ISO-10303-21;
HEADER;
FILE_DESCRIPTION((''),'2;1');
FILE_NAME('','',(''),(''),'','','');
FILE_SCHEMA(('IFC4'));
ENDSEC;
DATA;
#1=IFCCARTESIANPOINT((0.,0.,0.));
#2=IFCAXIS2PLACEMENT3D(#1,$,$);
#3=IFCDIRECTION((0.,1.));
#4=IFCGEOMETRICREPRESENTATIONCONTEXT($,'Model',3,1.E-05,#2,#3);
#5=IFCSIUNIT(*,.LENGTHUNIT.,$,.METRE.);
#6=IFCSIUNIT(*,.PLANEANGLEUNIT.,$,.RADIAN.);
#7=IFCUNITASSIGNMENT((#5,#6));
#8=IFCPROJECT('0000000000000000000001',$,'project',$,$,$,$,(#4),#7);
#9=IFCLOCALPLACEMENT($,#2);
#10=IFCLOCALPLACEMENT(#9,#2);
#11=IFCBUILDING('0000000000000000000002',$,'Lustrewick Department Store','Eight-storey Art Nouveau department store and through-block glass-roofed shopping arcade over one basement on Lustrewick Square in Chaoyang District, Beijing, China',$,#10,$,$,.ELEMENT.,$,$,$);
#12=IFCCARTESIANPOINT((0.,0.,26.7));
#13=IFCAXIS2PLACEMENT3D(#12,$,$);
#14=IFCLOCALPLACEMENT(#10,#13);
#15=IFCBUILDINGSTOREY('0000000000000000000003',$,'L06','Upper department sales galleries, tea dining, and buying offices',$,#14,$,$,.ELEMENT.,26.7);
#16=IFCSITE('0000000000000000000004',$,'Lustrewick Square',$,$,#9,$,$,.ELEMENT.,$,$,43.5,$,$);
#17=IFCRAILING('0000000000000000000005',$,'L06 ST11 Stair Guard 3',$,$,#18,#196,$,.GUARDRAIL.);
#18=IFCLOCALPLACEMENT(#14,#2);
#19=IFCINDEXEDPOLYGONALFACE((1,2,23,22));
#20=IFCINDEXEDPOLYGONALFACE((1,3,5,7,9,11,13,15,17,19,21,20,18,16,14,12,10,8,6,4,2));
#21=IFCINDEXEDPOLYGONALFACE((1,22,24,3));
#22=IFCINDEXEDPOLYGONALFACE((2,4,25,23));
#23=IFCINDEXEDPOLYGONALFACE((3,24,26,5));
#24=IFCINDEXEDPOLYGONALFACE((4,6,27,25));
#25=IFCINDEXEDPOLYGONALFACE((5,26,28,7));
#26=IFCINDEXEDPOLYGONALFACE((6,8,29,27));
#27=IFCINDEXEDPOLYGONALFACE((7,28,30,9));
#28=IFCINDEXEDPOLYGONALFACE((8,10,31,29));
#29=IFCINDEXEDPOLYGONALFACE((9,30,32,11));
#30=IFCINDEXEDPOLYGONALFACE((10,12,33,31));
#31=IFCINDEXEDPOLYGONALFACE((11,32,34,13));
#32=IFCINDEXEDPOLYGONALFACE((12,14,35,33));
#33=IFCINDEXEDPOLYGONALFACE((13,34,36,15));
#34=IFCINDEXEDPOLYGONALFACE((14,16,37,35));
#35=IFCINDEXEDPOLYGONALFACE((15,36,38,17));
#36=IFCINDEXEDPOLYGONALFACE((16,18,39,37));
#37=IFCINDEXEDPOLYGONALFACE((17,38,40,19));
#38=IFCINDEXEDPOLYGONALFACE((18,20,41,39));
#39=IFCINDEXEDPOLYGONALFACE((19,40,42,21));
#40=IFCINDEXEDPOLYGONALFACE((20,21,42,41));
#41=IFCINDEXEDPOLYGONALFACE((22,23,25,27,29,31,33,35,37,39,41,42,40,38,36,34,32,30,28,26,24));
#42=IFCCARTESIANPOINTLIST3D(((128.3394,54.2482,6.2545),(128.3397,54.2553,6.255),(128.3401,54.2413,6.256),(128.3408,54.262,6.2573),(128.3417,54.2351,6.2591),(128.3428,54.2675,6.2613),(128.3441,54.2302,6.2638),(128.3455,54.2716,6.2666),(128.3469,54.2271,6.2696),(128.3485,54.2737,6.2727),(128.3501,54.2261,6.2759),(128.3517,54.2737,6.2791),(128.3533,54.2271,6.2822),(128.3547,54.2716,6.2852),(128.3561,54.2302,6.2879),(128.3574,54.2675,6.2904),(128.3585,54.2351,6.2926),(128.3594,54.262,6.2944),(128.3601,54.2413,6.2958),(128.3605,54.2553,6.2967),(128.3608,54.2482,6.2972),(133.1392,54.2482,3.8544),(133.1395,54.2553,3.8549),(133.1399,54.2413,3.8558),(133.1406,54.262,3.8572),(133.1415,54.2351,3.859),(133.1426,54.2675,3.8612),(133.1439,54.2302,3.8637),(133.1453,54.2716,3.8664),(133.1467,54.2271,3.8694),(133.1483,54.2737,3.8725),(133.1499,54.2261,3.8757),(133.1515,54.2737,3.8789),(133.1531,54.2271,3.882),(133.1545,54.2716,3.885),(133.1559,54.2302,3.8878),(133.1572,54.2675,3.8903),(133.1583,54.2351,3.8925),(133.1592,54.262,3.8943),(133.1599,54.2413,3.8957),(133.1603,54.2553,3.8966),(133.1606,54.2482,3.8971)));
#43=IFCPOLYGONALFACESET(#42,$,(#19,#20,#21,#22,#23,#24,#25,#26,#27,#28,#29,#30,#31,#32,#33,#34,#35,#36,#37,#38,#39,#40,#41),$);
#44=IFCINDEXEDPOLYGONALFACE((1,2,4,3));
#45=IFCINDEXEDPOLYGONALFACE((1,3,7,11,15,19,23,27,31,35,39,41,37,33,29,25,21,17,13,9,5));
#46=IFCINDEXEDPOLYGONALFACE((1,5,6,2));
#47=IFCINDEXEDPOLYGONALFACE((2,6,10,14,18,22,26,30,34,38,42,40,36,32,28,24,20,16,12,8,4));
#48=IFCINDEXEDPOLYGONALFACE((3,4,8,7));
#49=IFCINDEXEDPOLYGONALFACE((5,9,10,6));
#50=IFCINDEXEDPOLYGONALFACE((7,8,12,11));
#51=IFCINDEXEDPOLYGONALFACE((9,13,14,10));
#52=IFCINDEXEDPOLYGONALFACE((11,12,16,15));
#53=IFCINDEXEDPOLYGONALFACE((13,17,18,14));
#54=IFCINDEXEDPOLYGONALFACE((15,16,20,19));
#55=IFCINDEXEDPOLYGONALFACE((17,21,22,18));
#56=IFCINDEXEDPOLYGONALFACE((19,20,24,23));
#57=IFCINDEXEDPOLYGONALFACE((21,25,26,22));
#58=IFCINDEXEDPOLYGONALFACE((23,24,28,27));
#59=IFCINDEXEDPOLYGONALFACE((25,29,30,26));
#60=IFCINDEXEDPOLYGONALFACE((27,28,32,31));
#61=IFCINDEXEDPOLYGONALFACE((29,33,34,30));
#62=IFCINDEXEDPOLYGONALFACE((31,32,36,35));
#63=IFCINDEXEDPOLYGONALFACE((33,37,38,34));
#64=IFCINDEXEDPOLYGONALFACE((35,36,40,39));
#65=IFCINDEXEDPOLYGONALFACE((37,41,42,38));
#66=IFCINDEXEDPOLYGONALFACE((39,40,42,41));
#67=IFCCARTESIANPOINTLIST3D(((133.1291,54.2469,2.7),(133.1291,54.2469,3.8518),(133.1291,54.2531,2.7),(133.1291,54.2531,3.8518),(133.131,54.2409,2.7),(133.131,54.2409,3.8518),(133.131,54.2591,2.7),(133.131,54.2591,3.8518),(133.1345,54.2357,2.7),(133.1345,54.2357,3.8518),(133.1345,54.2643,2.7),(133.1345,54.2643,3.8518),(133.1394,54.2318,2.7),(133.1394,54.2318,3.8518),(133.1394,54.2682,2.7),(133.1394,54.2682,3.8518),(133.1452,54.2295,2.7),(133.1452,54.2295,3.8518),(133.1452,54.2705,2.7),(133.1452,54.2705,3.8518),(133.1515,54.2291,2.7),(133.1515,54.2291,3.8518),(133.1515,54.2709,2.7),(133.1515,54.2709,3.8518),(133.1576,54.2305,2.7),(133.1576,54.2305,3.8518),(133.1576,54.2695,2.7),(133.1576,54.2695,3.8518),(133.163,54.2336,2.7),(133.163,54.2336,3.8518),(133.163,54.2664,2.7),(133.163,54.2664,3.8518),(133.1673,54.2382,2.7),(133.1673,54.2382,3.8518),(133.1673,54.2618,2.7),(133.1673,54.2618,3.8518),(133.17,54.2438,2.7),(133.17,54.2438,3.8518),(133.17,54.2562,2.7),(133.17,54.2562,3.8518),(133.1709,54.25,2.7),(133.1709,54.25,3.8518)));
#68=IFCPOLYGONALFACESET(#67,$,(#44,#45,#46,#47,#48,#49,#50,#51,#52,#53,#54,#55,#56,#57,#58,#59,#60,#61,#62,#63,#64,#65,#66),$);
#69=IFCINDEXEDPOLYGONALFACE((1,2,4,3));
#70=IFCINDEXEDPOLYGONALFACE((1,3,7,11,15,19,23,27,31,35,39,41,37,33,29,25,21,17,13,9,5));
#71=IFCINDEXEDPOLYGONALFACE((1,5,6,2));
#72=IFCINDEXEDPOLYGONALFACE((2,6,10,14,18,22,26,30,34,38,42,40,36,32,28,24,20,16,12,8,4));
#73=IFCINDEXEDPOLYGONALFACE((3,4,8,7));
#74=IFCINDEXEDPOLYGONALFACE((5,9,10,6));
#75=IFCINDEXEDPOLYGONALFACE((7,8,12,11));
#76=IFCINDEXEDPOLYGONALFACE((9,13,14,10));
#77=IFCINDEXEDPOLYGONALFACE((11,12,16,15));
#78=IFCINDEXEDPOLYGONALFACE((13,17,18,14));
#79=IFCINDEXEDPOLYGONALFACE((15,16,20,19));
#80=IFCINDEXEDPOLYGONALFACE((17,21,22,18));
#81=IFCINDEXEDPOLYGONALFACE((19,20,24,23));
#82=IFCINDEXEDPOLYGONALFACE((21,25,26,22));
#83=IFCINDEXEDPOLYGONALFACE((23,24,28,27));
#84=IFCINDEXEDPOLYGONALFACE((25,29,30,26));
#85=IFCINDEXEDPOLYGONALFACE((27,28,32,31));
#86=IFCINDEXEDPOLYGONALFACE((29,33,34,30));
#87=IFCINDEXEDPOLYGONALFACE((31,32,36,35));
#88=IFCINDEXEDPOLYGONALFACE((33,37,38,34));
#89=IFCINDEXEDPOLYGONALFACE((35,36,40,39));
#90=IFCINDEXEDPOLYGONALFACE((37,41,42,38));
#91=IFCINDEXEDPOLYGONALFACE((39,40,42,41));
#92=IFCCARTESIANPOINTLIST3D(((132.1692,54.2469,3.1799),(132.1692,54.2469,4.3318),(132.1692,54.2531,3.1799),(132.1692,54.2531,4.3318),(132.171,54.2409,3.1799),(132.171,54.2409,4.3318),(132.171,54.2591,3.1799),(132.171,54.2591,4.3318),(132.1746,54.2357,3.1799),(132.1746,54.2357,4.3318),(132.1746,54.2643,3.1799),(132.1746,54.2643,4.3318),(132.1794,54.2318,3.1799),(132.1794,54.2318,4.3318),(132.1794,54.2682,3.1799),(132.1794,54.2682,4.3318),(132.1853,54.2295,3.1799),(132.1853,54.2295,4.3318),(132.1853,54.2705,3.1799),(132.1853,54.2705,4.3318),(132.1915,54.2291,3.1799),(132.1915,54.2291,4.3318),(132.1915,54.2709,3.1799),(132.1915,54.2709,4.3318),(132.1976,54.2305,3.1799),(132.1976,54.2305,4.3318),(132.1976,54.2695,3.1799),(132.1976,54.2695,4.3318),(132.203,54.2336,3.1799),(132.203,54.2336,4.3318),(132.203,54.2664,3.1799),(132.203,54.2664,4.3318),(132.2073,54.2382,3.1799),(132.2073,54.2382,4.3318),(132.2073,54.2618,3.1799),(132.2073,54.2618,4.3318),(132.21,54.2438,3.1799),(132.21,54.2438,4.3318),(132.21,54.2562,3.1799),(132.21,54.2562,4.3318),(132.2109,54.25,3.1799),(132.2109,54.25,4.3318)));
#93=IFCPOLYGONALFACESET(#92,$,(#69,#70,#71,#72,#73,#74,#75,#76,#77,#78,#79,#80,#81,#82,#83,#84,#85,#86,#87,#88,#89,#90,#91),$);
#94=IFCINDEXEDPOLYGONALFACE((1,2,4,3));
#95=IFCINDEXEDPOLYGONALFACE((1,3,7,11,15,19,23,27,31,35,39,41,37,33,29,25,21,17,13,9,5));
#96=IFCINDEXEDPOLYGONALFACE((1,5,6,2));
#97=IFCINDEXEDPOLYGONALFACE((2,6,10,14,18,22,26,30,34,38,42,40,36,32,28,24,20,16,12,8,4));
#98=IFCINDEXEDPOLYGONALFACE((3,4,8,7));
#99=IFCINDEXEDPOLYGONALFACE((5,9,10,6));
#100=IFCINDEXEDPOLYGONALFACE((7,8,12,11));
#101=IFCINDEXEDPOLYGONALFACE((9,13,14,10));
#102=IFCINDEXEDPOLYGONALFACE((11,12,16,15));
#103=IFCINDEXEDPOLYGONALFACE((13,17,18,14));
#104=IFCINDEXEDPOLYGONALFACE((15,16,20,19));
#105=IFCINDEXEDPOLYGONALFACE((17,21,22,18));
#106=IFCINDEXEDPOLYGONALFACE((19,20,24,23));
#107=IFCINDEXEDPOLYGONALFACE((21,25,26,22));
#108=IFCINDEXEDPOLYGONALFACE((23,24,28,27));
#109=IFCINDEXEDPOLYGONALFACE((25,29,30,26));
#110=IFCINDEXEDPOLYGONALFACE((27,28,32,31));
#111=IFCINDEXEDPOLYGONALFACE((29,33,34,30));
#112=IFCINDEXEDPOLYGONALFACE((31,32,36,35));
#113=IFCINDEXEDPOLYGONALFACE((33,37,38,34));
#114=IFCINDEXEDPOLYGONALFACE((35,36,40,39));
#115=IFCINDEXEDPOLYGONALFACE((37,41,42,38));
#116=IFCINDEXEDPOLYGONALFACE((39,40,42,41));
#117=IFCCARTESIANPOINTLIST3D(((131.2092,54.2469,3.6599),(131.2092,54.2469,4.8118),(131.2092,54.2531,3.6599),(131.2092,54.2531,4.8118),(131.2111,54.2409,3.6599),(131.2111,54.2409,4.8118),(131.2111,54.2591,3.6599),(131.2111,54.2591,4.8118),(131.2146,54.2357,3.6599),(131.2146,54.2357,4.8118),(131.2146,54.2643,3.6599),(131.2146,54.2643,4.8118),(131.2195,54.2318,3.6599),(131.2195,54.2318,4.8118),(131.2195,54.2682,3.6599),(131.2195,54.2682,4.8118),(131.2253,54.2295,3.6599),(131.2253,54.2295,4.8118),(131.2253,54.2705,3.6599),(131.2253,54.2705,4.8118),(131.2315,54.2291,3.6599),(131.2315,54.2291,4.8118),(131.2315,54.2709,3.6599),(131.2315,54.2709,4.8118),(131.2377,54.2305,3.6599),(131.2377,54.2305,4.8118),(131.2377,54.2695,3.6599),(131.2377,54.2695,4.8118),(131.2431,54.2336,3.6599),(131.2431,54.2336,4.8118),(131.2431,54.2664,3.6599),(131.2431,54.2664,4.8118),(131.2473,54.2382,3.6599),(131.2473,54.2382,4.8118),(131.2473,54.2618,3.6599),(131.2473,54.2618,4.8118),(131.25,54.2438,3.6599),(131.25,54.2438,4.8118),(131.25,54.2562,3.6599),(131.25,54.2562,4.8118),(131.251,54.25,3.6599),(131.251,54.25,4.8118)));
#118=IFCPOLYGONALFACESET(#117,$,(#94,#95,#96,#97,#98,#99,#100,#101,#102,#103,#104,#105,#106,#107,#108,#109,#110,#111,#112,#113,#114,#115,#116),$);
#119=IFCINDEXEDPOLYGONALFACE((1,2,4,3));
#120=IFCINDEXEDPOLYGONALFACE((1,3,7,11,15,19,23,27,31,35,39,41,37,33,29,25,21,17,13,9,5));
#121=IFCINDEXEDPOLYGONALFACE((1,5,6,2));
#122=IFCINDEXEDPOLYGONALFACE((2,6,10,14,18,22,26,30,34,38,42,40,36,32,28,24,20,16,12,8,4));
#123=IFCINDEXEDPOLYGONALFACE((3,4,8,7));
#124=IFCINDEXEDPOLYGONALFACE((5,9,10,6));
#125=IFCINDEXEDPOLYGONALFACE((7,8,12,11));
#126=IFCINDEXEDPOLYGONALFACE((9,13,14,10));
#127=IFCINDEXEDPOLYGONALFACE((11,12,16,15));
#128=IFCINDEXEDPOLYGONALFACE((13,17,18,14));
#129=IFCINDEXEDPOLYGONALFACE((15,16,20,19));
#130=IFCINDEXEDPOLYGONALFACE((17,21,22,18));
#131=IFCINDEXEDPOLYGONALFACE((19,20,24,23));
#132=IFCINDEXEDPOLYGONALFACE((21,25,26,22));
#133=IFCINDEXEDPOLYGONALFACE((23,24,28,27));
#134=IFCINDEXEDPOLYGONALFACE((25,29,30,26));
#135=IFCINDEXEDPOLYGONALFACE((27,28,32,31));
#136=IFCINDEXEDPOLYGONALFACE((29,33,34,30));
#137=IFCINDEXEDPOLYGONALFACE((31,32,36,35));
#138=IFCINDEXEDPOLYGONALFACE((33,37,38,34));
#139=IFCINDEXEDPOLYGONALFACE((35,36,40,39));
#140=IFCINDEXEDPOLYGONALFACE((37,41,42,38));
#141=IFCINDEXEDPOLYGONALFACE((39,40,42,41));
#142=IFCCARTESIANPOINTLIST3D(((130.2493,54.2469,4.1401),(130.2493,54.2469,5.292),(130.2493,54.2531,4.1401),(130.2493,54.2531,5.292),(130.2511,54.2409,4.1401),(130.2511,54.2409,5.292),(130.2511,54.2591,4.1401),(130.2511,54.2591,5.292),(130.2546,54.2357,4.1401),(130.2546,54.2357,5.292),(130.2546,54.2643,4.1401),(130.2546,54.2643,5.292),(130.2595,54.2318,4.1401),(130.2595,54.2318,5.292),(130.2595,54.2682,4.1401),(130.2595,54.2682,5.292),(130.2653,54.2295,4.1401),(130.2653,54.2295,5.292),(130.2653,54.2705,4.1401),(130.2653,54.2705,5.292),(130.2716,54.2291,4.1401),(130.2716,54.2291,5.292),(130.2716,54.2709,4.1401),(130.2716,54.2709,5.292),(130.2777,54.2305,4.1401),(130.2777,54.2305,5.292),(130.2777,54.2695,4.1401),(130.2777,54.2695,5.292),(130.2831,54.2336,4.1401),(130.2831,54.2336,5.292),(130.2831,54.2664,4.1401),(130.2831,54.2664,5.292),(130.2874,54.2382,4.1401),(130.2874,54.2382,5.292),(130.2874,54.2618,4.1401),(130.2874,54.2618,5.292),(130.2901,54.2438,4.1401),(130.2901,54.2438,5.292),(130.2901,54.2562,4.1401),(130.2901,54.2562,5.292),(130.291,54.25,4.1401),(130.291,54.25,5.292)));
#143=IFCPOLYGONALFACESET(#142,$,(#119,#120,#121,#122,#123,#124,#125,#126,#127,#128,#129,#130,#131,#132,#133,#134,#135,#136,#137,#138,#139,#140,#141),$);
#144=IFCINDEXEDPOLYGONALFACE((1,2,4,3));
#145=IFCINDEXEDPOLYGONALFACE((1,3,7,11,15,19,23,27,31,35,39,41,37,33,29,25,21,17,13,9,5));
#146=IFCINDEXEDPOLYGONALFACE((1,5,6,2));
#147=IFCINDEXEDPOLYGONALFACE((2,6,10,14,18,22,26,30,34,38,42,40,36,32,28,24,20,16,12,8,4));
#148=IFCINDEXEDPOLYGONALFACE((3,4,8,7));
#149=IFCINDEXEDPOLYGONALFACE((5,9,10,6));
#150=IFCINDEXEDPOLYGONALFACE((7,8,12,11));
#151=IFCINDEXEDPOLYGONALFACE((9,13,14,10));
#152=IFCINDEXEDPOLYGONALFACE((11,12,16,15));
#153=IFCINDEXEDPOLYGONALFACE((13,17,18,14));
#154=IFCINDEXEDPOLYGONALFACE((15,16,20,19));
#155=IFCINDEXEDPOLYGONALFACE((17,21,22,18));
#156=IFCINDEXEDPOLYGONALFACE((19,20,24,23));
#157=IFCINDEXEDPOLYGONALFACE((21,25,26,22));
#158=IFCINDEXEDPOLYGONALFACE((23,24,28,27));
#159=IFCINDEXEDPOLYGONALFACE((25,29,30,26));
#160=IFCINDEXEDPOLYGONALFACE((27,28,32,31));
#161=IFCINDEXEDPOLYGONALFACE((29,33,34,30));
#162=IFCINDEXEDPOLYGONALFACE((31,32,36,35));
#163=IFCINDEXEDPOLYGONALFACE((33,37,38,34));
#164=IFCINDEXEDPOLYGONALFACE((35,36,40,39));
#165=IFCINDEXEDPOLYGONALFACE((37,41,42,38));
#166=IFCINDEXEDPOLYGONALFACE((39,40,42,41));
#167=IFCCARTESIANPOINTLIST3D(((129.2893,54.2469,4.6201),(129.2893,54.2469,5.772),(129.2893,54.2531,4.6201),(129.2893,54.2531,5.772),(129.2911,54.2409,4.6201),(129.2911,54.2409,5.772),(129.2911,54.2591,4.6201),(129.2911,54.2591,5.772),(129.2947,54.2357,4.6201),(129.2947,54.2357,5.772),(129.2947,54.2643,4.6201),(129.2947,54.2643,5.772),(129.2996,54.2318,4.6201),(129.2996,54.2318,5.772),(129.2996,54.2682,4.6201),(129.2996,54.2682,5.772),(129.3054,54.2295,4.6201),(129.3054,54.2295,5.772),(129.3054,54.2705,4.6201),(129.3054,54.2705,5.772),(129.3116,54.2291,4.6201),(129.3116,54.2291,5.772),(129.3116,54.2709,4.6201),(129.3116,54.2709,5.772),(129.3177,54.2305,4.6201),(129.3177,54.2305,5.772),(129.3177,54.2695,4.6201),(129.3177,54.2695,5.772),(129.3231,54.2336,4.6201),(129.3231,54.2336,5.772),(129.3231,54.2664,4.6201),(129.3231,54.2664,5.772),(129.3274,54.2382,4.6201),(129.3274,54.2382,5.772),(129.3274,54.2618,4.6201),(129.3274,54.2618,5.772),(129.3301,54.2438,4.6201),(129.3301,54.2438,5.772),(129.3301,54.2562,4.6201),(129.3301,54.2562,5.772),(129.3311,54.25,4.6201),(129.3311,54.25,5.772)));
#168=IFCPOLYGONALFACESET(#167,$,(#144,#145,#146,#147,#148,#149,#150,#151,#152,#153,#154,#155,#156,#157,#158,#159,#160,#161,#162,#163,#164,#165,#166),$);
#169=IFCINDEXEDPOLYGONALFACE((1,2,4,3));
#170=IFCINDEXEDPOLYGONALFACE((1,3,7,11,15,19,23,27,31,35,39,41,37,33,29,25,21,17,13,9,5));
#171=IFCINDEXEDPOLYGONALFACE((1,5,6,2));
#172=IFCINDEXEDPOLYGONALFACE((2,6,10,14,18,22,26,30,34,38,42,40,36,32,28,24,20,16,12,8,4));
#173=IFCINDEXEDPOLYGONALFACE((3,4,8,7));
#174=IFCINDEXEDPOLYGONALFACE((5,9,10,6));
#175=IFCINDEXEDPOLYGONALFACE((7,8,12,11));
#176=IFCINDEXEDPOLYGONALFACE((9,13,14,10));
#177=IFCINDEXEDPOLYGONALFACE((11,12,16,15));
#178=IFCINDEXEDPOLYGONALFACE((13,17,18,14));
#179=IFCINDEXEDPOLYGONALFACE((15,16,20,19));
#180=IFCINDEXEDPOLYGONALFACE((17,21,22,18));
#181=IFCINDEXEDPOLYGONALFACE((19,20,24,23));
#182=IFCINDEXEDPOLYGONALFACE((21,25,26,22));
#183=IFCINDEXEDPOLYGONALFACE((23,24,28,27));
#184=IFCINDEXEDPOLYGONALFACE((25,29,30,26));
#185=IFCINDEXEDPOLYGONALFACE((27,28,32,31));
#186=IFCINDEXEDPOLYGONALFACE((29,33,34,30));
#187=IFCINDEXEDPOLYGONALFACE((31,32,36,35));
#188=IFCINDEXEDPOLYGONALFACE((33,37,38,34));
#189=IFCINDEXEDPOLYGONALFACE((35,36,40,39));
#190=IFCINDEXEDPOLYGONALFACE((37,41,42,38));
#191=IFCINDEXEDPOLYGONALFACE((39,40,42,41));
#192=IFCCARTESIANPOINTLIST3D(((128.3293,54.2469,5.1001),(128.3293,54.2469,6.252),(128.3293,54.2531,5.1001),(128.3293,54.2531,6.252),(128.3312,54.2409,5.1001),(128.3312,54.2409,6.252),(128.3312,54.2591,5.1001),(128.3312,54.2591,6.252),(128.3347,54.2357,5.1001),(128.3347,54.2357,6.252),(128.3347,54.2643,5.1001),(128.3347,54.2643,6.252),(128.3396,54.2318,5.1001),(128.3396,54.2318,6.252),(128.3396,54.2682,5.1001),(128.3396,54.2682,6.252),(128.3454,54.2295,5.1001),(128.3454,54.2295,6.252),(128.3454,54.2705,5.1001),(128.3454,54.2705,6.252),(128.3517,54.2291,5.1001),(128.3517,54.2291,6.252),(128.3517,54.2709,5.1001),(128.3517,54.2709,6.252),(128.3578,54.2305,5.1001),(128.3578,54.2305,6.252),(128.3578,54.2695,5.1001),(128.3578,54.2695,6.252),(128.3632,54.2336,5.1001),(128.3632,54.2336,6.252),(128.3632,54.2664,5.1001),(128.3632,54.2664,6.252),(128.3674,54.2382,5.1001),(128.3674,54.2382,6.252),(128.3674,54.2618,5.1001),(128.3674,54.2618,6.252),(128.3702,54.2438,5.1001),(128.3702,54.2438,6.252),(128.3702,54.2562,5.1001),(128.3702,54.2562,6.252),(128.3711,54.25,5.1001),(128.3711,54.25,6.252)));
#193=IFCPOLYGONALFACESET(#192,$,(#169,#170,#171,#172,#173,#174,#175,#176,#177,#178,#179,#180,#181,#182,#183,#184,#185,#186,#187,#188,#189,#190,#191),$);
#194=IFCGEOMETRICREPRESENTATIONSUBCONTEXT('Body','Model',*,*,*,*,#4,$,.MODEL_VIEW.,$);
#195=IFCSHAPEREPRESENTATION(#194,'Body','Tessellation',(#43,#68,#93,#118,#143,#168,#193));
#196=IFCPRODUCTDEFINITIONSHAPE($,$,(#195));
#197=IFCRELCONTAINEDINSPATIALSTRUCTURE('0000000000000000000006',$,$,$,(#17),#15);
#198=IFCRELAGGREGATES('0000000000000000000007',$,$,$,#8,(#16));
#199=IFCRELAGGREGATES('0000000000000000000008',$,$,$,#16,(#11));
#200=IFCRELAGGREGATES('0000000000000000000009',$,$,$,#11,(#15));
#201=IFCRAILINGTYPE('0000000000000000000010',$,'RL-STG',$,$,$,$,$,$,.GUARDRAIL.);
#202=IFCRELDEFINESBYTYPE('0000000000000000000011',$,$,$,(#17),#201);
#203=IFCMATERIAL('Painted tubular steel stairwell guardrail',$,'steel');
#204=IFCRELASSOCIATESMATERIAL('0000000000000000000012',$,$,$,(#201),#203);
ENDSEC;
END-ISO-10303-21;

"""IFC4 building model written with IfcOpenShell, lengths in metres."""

from ifc_helpers import new_model, si_unit, direction, frame, origin, origin_2d, place, context, subcontext, project, spatial, circle, extrude, material, type_object, element, save


model = new_model("IFC4")

# Units and contexts
model_context = context("Model", 3, precision=1e-05, world=origin(), true_north=direction((0.0, 1.0)))
body_context = subcontext(model_context, "Body", "Model", "MODEL_VIEW")
ifc_project = project(units=[si_unit("LENGTHUNIT", "METRE"), si_unit("PLANEANGLEUNIT", "RADIAN")], contexts=[model_context])

# Site, building, storey
site_placement = place(None, origin())
site = spatial("IfcSite", under=ifc_project, at=site_placement, Name="Lustrewick Square", CompositionType="ELEMENT", RefElevation=43.5)
building_placement = place(site_placement, origin())
building = spatial("IfcBuilding", under=site, at=building_placement, Name="Lustrewick Department Store", Description="Eight-storey Art Nouveau department store and through-block glass-roofed shopping arcade over one basement on Lustrewick Square in Chaoyang District, Beijing, China", CompositionType="ELEMENT")
storey_placement = place(building_placement, frame((0.0, 0.0, 26.7)))
storey = spatial("IfcBuildingStorey", under=building, at=storey_placement, Name="L06", Description="Upper department sales galleries, tea dining, and buying offices", CompositionType="ELEMENT", Elevation=26.7)

# Railing
ifc_material_1 = material(Name="Painted tubular steel stairwell guardrail", Category="steel")
railing_type_1 = type_object("IfcRailingType", Name="RL-STG", PredefinedType="GUARDRAIL", material=ifc_material_1)
railing_1_placement = place(storey_placement, frame((133.1499, 54.25, 2.7)))
element("IfcRailing", 1, at=railing_1_placement, inside=storey, type_object=railing_type_1, Name="L06 ST11 Stair Guard 3", PredefinedType="GUARDRAIL", context=body_context, shape_type="SweptSolid", body=[
    extrude(circle(Radius=0.0239, at=origin_2d()), frame((0.0, 0.0, 1.1758), z_axis=(-0.894409, 0.0, 0.44725), x_axis=(0.0, -1.0, 0.0)), (0.0, 0.0, 1.0), 5.3665),
    extrude(circle(Radius=0.021, at=origin_2d()), origin(), (0.0, 0.0, 1.0), 1.1519),
    extrude(circle(Radius=0.021, at=origin_2d()), frame((-0.96, 0.0, 0.48)), (0.0, 0.0, 1.0), 1.1519),
    extrude(circle(Radius=0.021, at=origin_2d()), frame((-1.9199, 0.0, 0.96)), (0.0, 0.0, 1.0), 1.1519),
    extrude(circle(Radius=0.021, at=origin_2d()), frame((-2.8799, 0.0, 1.4402)), (0.0, 0.0, 1.0), 1.1519),
    extrude(circle(Radius=0.021, at=origin_2d()), frame((-3.8398, 0.0, 1.9202)), (0.0, 0.0, 1.0), 1.1519),
    extrude(circle(Radius=0.021, at=origin_2d()), frame((-4.7998, 0.0, 2.4001)), (0.0, 0.0, 1.0), 1.1519),
])

save(model, "model.ifc")
